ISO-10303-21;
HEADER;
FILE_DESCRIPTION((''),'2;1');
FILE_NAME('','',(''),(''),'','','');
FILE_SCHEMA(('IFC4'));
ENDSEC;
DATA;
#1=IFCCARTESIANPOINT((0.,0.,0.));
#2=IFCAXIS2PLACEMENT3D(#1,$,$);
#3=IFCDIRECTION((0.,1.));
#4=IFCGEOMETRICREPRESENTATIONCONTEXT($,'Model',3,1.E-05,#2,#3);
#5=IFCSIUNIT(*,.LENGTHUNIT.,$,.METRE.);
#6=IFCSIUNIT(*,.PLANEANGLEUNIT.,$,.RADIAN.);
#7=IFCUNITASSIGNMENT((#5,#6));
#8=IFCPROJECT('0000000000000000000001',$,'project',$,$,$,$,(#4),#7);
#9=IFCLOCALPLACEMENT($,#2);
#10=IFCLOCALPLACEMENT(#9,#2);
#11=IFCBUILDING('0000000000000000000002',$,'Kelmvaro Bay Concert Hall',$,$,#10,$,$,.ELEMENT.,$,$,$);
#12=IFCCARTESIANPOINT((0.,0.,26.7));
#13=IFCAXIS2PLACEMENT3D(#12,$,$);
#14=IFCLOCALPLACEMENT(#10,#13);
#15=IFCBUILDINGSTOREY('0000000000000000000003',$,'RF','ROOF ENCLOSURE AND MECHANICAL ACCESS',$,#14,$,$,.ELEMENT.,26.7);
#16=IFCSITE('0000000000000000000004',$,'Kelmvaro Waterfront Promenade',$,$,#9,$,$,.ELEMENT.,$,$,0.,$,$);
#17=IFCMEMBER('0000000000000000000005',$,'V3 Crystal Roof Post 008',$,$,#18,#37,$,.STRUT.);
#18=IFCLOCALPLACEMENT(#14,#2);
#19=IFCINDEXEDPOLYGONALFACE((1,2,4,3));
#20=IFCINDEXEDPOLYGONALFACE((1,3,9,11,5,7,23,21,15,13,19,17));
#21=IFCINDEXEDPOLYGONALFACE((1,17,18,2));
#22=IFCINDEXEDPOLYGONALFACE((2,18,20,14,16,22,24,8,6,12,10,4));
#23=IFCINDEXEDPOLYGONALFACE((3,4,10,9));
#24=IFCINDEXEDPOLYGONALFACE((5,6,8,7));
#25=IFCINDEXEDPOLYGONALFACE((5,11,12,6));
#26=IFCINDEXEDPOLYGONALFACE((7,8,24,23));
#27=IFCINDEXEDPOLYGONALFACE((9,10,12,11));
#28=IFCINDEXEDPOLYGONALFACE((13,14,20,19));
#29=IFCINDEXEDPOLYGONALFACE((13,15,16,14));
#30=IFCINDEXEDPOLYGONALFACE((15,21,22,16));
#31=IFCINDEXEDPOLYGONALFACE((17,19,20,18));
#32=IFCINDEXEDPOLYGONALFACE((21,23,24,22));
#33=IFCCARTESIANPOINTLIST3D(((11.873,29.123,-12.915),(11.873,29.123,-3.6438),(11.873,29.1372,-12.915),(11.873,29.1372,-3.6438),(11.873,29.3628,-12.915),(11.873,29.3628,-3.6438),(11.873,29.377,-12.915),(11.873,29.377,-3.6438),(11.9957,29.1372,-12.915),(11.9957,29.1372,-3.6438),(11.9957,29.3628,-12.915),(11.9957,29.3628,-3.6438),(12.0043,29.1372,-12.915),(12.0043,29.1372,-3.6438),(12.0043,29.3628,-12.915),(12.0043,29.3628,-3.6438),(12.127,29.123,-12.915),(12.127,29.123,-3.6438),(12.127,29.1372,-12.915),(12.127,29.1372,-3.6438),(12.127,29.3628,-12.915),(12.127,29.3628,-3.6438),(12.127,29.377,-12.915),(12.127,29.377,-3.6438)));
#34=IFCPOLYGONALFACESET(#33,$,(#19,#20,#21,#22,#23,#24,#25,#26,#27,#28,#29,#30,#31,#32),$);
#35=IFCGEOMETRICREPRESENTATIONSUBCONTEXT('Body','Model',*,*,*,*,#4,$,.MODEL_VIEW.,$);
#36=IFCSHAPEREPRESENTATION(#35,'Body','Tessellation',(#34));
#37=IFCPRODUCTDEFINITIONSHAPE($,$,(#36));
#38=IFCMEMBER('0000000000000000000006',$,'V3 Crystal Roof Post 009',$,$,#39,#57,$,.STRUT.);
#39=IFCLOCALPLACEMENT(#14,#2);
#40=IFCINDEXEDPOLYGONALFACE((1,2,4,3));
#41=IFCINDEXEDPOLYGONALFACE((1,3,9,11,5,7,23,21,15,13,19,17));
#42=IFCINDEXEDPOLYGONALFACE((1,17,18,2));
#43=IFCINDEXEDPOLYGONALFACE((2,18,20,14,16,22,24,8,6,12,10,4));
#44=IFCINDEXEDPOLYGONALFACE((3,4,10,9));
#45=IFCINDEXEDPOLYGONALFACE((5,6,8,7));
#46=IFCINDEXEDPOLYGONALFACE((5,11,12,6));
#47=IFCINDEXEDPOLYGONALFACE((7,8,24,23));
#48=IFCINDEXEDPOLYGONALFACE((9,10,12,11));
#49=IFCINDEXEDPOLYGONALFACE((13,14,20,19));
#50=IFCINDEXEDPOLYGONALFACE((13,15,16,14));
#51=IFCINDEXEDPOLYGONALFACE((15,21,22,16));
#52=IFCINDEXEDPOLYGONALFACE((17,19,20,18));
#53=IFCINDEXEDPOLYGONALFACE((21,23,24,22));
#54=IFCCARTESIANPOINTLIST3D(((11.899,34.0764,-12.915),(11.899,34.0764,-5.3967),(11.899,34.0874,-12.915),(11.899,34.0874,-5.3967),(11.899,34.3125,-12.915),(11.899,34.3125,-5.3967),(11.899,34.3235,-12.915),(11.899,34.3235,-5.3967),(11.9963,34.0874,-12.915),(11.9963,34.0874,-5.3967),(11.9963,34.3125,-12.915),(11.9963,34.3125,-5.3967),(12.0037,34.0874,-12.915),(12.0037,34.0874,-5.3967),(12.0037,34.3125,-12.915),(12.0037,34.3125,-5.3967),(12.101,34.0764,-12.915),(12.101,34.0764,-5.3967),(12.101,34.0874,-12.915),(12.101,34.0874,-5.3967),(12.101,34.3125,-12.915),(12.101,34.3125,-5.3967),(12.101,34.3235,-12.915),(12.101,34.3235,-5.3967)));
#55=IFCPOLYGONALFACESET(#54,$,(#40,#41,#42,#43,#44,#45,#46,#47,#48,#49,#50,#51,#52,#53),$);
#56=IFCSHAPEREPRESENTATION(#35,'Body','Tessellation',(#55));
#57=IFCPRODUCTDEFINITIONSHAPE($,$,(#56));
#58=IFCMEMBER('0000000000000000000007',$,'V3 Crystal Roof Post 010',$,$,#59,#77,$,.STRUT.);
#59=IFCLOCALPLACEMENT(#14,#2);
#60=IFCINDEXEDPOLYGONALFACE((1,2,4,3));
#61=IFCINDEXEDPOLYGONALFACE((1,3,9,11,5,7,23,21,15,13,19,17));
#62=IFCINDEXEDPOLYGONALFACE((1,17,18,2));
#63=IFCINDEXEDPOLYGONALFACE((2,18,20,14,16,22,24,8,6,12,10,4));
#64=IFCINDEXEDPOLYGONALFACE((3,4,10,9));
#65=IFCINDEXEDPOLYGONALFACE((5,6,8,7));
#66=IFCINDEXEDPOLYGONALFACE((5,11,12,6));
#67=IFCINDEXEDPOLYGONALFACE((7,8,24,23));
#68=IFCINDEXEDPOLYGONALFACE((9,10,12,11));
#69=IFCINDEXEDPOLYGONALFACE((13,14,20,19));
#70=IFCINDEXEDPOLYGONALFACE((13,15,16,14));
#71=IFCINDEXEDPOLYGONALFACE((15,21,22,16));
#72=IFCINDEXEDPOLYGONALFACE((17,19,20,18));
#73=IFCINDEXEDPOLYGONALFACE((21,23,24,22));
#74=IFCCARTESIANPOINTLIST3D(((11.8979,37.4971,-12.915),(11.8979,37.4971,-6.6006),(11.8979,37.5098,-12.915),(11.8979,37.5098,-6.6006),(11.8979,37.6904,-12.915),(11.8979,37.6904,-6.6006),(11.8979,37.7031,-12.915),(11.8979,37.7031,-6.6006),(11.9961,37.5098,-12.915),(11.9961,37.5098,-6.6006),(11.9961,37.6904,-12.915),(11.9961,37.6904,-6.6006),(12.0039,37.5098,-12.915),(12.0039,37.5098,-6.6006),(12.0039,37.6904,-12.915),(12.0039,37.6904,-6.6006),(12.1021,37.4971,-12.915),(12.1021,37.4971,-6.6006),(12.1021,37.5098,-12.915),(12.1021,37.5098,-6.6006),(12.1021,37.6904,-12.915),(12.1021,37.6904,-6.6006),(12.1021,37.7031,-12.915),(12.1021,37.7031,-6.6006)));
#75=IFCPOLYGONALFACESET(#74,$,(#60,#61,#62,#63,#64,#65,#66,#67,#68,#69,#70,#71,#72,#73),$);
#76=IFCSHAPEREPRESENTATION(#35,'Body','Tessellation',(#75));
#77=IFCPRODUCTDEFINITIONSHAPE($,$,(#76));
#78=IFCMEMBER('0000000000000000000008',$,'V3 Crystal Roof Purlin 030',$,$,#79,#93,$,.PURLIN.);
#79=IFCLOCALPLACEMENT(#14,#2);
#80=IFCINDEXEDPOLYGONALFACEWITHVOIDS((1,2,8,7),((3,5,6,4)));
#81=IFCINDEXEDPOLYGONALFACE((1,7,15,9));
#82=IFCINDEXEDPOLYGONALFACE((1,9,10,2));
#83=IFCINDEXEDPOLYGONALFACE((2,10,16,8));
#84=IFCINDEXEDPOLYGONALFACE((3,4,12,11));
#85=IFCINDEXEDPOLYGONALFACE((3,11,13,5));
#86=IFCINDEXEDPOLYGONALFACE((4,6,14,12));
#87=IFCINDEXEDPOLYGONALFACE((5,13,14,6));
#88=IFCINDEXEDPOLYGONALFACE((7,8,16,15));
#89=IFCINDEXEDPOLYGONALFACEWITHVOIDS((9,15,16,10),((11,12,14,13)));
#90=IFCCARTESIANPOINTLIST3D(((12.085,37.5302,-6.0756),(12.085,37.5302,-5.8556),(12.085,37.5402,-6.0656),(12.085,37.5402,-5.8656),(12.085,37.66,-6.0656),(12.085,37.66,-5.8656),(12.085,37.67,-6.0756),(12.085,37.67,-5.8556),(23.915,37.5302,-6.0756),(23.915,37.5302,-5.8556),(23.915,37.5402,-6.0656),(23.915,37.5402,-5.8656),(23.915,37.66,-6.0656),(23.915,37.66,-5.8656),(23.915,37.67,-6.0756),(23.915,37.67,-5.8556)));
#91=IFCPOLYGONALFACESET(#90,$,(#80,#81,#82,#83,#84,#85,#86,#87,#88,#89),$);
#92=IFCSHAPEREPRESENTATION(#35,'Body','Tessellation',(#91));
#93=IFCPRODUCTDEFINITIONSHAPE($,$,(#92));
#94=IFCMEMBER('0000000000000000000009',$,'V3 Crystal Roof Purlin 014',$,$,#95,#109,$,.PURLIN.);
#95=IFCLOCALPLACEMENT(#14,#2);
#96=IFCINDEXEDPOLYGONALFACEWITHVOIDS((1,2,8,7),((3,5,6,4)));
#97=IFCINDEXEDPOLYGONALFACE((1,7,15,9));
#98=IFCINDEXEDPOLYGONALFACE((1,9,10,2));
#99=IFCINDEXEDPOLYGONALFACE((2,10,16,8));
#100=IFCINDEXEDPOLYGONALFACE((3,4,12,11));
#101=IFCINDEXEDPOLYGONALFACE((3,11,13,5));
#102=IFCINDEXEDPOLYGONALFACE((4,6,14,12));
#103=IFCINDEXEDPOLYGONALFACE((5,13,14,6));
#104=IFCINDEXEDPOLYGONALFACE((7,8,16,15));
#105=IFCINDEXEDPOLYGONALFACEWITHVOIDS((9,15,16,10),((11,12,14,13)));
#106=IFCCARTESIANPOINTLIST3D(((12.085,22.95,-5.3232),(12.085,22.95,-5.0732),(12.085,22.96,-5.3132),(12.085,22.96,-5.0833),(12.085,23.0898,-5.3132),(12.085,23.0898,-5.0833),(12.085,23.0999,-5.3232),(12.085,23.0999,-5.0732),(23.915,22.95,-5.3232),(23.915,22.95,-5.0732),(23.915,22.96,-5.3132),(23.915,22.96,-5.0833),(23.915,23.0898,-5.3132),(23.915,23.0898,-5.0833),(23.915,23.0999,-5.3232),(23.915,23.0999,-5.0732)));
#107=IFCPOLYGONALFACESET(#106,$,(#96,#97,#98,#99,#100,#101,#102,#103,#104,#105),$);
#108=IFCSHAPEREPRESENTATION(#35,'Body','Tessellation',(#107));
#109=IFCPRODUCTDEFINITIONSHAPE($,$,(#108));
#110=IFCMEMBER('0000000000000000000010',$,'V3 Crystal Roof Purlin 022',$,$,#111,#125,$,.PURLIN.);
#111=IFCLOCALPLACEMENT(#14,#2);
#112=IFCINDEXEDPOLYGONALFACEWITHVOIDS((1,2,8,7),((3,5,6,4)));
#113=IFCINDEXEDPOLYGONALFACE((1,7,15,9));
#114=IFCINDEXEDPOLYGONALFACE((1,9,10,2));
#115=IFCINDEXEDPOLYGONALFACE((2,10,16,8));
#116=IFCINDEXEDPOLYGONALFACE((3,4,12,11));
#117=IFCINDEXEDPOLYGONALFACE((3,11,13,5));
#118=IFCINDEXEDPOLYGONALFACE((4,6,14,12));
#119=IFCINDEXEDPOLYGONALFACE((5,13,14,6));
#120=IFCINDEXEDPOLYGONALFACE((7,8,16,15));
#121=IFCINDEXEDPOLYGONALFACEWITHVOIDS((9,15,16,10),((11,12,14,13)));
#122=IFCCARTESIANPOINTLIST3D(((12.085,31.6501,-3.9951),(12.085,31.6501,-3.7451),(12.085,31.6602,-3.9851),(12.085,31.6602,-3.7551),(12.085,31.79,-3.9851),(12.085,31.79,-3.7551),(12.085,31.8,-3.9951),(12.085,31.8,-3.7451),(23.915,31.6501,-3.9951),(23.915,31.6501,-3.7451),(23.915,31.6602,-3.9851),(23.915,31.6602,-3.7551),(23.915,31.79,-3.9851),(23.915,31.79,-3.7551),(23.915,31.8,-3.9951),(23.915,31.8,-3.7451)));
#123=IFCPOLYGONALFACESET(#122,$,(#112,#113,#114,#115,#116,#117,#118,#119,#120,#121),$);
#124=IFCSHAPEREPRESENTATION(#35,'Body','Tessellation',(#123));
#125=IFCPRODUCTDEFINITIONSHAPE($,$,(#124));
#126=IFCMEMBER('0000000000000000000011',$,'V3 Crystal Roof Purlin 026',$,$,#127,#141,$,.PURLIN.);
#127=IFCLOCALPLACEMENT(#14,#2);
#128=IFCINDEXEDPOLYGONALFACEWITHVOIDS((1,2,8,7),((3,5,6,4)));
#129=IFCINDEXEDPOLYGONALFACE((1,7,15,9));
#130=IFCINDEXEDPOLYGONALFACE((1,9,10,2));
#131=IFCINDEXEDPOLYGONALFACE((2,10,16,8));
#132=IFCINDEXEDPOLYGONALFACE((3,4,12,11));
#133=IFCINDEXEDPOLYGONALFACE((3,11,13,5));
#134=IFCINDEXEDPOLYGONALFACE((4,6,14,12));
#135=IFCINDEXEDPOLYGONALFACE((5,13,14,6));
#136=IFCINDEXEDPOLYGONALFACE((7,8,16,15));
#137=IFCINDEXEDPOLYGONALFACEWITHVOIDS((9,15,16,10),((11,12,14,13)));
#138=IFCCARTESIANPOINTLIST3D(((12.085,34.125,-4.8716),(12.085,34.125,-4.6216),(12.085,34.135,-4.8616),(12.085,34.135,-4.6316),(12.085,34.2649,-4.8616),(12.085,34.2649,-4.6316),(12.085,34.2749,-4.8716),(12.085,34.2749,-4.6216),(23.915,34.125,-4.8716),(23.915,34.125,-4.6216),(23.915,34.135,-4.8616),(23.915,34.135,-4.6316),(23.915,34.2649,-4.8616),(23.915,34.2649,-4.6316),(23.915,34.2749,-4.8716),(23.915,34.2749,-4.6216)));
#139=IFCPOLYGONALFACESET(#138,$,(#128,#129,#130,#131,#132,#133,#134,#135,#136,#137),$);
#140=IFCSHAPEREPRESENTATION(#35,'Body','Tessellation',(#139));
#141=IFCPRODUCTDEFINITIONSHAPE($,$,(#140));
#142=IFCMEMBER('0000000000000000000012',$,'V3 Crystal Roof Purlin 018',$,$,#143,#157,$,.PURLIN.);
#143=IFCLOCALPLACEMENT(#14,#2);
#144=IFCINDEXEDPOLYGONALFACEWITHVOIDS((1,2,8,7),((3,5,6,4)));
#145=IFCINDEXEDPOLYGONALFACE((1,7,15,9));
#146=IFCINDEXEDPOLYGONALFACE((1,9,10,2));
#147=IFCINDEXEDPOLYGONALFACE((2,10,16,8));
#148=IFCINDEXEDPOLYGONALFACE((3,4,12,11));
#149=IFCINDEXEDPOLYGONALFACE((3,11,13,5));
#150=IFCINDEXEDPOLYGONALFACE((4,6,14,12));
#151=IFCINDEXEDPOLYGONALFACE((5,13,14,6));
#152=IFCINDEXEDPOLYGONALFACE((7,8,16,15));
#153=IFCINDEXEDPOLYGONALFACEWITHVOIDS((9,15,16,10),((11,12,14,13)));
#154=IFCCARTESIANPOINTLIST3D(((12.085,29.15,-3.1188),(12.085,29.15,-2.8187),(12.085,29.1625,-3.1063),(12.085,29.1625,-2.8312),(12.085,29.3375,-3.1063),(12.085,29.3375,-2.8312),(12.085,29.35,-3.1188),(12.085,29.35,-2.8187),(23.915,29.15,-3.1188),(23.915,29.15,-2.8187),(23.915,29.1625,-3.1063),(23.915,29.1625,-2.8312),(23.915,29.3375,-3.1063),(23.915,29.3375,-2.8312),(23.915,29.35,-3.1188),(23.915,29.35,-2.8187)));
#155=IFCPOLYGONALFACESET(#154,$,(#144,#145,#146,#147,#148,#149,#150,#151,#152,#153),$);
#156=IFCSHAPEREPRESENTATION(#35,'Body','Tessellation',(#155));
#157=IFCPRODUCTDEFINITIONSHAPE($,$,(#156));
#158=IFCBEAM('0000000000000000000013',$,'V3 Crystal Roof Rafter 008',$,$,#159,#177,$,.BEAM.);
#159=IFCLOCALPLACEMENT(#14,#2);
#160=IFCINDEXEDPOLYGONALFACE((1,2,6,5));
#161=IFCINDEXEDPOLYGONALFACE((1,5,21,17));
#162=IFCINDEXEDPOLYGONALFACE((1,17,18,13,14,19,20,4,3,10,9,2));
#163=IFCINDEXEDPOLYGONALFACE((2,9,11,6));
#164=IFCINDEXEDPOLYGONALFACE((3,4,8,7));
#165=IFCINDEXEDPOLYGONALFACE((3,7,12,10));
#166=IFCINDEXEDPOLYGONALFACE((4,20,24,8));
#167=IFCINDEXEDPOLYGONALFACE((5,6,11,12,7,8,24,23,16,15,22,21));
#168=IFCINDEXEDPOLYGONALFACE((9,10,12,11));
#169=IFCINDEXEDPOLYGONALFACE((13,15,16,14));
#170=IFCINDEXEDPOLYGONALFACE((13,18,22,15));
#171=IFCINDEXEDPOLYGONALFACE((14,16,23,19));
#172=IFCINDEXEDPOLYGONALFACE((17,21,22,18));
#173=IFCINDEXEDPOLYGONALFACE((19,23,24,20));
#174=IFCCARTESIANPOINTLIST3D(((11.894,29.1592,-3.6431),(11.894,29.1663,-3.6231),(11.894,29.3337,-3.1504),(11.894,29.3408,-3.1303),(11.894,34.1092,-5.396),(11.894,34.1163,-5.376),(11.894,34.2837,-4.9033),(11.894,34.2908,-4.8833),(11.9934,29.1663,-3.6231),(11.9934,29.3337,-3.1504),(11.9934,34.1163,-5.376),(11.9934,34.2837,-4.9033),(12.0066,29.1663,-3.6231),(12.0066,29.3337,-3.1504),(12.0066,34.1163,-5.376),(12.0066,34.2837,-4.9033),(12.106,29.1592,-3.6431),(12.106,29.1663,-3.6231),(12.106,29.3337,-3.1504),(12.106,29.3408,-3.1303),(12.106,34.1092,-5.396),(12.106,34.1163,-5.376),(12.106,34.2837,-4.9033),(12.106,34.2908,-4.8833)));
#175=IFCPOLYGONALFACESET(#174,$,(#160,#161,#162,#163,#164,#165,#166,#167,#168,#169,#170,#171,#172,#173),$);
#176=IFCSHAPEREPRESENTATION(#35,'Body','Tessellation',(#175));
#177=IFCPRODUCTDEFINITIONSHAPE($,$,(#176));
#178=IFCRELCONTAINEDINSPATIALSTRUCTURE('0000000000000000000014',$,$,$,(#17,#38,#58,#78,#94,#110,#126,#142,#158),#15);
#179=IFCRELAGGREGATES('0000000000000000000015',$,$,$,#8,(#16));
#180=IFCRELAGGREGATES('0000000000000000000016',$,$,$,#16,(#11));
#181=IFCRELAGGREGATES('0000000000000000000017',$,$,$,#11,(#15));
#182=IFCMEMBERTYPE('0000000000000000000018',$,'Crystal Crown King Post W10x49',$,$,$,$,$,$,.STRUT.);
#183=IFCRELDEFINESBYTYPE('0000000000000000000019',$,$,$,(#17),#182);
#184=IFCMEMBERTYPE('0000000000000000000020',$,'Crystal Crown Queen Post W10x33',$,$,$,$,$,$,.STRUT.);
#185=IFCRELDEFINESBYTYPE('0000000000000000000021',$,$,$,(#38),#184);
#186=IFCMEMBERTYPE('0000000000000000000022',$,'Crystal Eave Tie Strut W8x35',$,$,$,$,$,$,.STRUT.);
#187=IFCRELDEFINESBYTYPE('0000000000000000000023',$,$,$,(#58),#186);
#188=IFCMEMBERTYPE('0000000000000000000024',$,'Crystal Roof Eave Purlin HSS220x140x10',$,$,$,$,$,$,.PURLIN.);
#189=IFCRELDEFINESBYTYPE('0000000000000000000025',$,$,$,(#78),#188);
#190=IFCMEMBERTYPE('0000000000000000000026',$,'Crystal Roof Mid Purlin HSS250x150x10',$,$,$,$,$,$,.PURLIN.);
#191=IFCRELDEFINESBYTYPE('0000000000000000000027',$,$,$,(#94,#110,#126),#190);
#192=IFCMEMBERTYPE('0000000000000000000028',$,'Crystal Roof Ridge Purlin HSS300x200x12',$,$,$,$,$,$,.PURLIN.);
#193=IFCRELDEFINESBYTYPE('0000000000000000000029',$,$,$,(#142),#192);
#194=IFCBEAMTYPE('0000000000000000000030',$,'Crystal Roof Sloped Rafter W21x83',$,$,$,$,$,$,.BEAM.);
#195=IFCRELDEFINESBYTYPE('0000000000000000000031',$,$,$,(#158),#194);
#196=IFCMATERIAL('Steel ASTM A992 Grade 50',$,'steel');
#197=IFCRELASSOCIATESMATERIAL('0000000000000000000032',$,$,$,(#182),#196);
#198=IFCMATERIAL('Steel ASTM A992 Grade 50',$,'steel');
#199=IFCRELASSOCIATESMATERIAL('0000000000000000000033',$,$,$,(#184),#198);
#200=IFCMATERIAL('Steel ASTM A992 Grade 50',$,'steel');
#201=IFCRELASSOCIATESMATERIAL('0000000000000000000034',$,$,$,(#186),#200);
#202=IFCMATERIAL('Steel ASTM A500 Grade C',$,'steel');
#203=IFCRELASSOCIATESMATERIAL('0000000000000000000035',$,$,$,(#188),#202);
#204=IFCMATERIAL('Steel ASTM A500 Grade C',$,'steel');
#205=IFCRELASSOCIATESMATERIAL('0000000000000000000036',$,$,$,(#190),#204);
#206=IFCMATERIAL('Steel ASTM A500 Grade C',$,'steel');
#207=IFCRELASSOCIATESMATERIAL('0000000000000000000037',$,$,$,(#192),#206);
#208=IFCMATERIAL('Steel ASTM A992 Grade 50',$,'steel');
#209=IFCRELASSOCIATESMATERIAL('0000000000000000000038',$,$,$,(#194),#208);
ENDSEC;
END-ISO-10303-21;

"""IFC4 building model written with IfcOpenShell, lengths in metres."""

from ifc_helpers import new_model, si_unit, direction, frame, origin, origin_2d, place, context, subcontext, project, spatial, hollow_rectangle, i_section, extrude, material, material_profile, profile_set, type_object, element, save


model = new_model("IFC4")

# Units and contexts
model_context = context("Model", 3, precision=1e-05, world=origin(), true_north=direction((0.0, 1.0)))
body_context = subcontext(model_context, "Body", "Model", "MODEL_VIEW")
ifc_project = project(units=[si_unit("LENGTHUNIT", "METRE"), si_unit("PLANEANGLEUNIT", "RADIAN")], contexts=[model_context])

# Site, building, storey
site_placement = place(None, origin())
site = spatial("IfcSite", under=ifc_project, at=site_placement, Name="Kelmvaro Waterfront Promenade", CompositionType="ELEMENT", RefElevation=0.0)
building_placement = place(site_placement, origin())
building = spatial("IfcBuilding", under=site, at=building_placement, Name="Kelmvaro Bay Concert Hall", CompositionType="ELEMENT")
storey_placement = place(building_placement, frame((0.0, 0.0, 26.7)))
storey = spatial("IfcBuildingStorey", under=building, at=storey_placement, Name="RF", Description="ROOF ENCLOSURE AND MECHANICAL ACCESS", CompositionType="ELEMENT", Elevation=26.7)

# Members
ifc_material_1 = material(Name="Steel ASTM A992 Grade 50", Category="steel")
ifc_material_profile_1 = material_profile(ifc_material_1, i_section(OverallWidth=0.2539, OverallDepth=0.2539, WebThickness=0.0085, FlangeThickness=0.0142, at=origin_2d()), Name="W10X49")
ifc_profile_set_1 = profile_set([ifc_material_profile_1], Name="Steel ASTM A992 Grade 50")
member_type_1 = type_object("IfcMemberType", Name="Crystal Crown King Post W10x49", PredefinedType="STRUT", material=ifc_profile_set_1)
member_1_placement = place(storey_placement, frame((12.0, 29.25, -12.915), z_axis=(0.0, 0.0, 1.0), x_axis=(1.0, 0.0, 0.0)))
element("IfcMember", 1, at=member_1_placement, inside=storey, type_object=member_type_1, Name="V3 Crystal Roof Post 008", PredefinedType="STRUT", context=body_context, shape_type="SweptSolid", body=[
    extrude(i_section(OverallWidth=0.2539, OverallDepth=0.2539, WebThickness=0.0085, FlangeThickness=0.0142, at=origin_2d()), origin(), (0.0, 0.0, 1.0), 9.2712),
])
ifc_material_2 = material(Name="Steel ASTM A992 Grade 50", Category="steel")
ifc_material_profile_2 = material_profile(ifc_material_2, i_section(OverallWidth=0.2019, OverallDepth=0.2471, WebThickness=0.0073, FlangeThickness=0.011, at=origin_2d()), Name="W10X33")
ifc_profile_set_2 = profile_set([ifc_material_profile_2], Name="Steel ASTM A992 Grade 50")
member_type_2 = type_object("IfcMemberType", Name="Crystal Crown Queen Post W10x33", PredefinedType="STRUT", material=ifc_profile_set_2)
member_2_placement = place(storey_placement, frame((12.0, 34.2, -12.915), z_axis=(0.0, 0.0, 1.0), x_axis=(1.0, 0.0, 0.0)))
element("IfcMember", 2, at=member_2_placement, inside=storey, type_object=member_type_2, Name="V3 Crystal Roof Post 009", PredefinedType="STRUT", context=body_context, shape_type="SweptSolid", body=[
    extrude(i_section(OverallWidth=0.2019, OverallDepth=0.2471, WebThickness=0.0073, FlangeThickness=0.011, at=origin_2d()), origin(), (0.0, 0.0, 1.0), 7.5183),
])
ifc_material_3 = material(Name="Steel ASTM A992 Grade 50", Category="steel")
ifc_material_profile_3 = material_profile(ifc_material_3, i_section(OverallWidth=0.2041, OverallDepth=0.2061, WebThickness=0.0078, FlangeThickness=0.0127, at=origin_2d()), Name="W8X35")
ifc_profile_set_3 = profile_set([ifc_material_profile_3], Name="Steel ASTM A992 Grade 50")
member_type_3 = type_object("IfcMemberType", Name="Crystal Eave Tie Strut W8x35", PredefinedType="STRUT", material=ifc_profile_set_3)
member_3_placement = place(storey_placement, frame((12.0, 37.6001, -12.915), z_axis=(0.0, 0.0, 1.0), x_axis=(1.0, 0.0, 0.0)))
element("IfcMember", 3, at=member_3_placement, inside=storey, type_object=member_type_3, Name="V3 Crystal Roof Post 010", PredefinedType="STRUT", context=body_context, shape_type="SweptSolid", body=[
    extrude(i_section(OverallWidth=0.2041, OverallDepth=0.2061, WebThickness=0.0078, FlangeThickness=0.0127, at=origin_2d()), origin(), (0.0, 0.0, 1.0), 6.3145),
])
ifc_material_4 = material(Name="Steel ASTM A500 Grade C", Category="steel")
ifc_material_profile_4 = material_profile(ifc_material_4, hollow_rectangle(XDim=0.1399, YDim=0.22, WallThickness=0.01, at=origin_2d()), Name="HSS220X140X10")
ifc_profile_set_4 = profile_set([ifc_material_profile_4], Name="Steel ASTM A500 Grade C")
member_type_4 = type_object("IfcMemberType", Name="Crystal Roof Eave Purlin HSS220x140x10", PredefinedType="PURLIN", material=ifc_profile_set_4)
member_4_placement = place(storey_placement, frame((12.085, 37.6001, -5.9656), z_axis=(1.0, 0.0, 0.0), x_axis=(0.0, 1.0, 0.0)))
element("IfcMember", 4, at=member_4_placement, inside=storey, type_object=member_type_4, Name="V3 Crystal Roof Purlin 030", PredefinedType="PURLIN", context=body_context, shape_type="SweptSolid", body=[
    extrude(hollow_rectangle(XDim=0.1399, YDim=0.22, WallThickness=0.01, at=origin_2d()), origin(), (0.0, 0.0, 1.0), 11.8301),
])
ifc_material_5 = material(Name="Steel ASTM A500 Grade C", Category="steel")
ifc_material_profile_5 = material_profile(ifc_material_5, hollow_rectangle(XDim=0.1499, YDim=0.25, WallThickness=0.01, at=origin_2d()), Name="HSS250X150X10")
ifc_profile_set_5 = profile_set([ifc_material_profile_5], Name="Steel ASTM A500 Grade C")
member_type_5 = type_object("IfcMemberType", Name="Crystal Roof Mid Purlin HSS250x150x10", PredefinedType="PURLIN", material=ifc_profile_set_5)
for number, where, z_axis, x_axis, name in (
    (5, (12.085, 23.0249, -5.1982), (1.0, 0.0, 0.0), (0.0, 1.0, 0.0), "V3 Crystal Roof Purlin 014"),
    (6, (12.085, 31.7251, -3.8701), (1.0, 0.0, 0.0), (0.0, 1.0, 0.0), "V3 Crystal Roof Purlin 022"),
    (7, (12.085, 34.2, -4.7466), (1.0, 0.0, 0.0), (0.0, 1.0, 0.0), "V3 Crystal Roof Purlin 026"),
):
    element("IfcMember", number, at=place(storey_placement, frame(where, z_axis=z_axis, x_axis=x_axis)), inside=storey, type_object=member_type_5, Name=name, PredefinedType="PURLIN", context=body_context, shape_type="SweptSolid", body=[
        extrude(hollow_rectangle(XDim=0.1499, YDim=0.25, WallThickness=0.01, at=origin_2d()), origin(), (0.0, 0.0, 1.0), 11.8301),
    ])
ifc_material_6 = material(Name="Steel ASTM A500 Grade C", Category="steel")
ifc_material_profile_6 = material_profile(ifc_material_6, hollow_rectangle(XDim=0.2, YDim=0.3, WallThickness=0.0125, at=origin_2d()), Name="HSS300X200X12")
ifc_profile_set_6 = profile_set([ifc_material_profile_6], Name="Steel ASTM A500 Grade C")
member_type_6 = type_object("IfcMemberType", Name="Crystal Roof Ridge Purlin HSS300x200x12", PredefinedType="PURLIN", material=ifc_profile_set_6)
member_5_placement = place(storey_placement, frame((12.085, 29.25, -2.9688), z_axis=(1.0, 0.0, 0.0), x_axis=(0.0, 1.0, 0.0)))
element("IfcMember", 8, at=member_5_placement, inside=storey, type_object=member_type_6, Name="V3 Crystal Roof Purlin 018", PredefinedType="PURLIN", context=body_context, shape_type="SweptSolid", body=[
    extrude(hollow_rectangle(XDim=0.2, YDim=0.3, WallThickness=0.0125, at=origin_2d()), origin(), (0.0, 0.0, 1.0), 11.8301),
])

# Beam
ifc_material_7 = material(Name="Steel ASTM A992 Grade 50", Category="steel")
ifc_material_profile_7 = material_profile(ifc_material_7, i_section(OverallWidth=0.2119, OverallDepth=0.5439, WebThickness=0.0132, FlangeThickness=0.0212, at=origin_2d()), Name="W21X83")
ifc_profile_set_7 = profile_set([ifc_material_profile_7], Name="Steel ASTM A992 Grade 50")
beam_type = type_object("IfcBeamType", Name="Crystal Roof Sloped Rafter W21x83", PredefinedType="BEAM", material=ifc_profile_set_7)
beam_1_placement = place(storey_placement, frame((12.0, 29.25, -3.3867), z_axis=(0.0, 0.942638, -0.333817), x_axis=(-1.0, 0.0, 0.0)))
element("IfcBeam", 9, at=beam_1_placement, inside=storey, type_object=beam_type, Name="V3 Crystal Roof Rafter 008", PredefinedType="BEAM", context=body_context, shape_type="SweptSolid", body=[
    extrude(i_section(OverallWidth=0.2119, OverallDepth=0.5439, WebThickness=0.0132, FlangeThickness=0.0212, at=origin_2d()), origin(), (0.0, 0.0, 1.0), 5.2512),
])

save(model, "model.ifc")
